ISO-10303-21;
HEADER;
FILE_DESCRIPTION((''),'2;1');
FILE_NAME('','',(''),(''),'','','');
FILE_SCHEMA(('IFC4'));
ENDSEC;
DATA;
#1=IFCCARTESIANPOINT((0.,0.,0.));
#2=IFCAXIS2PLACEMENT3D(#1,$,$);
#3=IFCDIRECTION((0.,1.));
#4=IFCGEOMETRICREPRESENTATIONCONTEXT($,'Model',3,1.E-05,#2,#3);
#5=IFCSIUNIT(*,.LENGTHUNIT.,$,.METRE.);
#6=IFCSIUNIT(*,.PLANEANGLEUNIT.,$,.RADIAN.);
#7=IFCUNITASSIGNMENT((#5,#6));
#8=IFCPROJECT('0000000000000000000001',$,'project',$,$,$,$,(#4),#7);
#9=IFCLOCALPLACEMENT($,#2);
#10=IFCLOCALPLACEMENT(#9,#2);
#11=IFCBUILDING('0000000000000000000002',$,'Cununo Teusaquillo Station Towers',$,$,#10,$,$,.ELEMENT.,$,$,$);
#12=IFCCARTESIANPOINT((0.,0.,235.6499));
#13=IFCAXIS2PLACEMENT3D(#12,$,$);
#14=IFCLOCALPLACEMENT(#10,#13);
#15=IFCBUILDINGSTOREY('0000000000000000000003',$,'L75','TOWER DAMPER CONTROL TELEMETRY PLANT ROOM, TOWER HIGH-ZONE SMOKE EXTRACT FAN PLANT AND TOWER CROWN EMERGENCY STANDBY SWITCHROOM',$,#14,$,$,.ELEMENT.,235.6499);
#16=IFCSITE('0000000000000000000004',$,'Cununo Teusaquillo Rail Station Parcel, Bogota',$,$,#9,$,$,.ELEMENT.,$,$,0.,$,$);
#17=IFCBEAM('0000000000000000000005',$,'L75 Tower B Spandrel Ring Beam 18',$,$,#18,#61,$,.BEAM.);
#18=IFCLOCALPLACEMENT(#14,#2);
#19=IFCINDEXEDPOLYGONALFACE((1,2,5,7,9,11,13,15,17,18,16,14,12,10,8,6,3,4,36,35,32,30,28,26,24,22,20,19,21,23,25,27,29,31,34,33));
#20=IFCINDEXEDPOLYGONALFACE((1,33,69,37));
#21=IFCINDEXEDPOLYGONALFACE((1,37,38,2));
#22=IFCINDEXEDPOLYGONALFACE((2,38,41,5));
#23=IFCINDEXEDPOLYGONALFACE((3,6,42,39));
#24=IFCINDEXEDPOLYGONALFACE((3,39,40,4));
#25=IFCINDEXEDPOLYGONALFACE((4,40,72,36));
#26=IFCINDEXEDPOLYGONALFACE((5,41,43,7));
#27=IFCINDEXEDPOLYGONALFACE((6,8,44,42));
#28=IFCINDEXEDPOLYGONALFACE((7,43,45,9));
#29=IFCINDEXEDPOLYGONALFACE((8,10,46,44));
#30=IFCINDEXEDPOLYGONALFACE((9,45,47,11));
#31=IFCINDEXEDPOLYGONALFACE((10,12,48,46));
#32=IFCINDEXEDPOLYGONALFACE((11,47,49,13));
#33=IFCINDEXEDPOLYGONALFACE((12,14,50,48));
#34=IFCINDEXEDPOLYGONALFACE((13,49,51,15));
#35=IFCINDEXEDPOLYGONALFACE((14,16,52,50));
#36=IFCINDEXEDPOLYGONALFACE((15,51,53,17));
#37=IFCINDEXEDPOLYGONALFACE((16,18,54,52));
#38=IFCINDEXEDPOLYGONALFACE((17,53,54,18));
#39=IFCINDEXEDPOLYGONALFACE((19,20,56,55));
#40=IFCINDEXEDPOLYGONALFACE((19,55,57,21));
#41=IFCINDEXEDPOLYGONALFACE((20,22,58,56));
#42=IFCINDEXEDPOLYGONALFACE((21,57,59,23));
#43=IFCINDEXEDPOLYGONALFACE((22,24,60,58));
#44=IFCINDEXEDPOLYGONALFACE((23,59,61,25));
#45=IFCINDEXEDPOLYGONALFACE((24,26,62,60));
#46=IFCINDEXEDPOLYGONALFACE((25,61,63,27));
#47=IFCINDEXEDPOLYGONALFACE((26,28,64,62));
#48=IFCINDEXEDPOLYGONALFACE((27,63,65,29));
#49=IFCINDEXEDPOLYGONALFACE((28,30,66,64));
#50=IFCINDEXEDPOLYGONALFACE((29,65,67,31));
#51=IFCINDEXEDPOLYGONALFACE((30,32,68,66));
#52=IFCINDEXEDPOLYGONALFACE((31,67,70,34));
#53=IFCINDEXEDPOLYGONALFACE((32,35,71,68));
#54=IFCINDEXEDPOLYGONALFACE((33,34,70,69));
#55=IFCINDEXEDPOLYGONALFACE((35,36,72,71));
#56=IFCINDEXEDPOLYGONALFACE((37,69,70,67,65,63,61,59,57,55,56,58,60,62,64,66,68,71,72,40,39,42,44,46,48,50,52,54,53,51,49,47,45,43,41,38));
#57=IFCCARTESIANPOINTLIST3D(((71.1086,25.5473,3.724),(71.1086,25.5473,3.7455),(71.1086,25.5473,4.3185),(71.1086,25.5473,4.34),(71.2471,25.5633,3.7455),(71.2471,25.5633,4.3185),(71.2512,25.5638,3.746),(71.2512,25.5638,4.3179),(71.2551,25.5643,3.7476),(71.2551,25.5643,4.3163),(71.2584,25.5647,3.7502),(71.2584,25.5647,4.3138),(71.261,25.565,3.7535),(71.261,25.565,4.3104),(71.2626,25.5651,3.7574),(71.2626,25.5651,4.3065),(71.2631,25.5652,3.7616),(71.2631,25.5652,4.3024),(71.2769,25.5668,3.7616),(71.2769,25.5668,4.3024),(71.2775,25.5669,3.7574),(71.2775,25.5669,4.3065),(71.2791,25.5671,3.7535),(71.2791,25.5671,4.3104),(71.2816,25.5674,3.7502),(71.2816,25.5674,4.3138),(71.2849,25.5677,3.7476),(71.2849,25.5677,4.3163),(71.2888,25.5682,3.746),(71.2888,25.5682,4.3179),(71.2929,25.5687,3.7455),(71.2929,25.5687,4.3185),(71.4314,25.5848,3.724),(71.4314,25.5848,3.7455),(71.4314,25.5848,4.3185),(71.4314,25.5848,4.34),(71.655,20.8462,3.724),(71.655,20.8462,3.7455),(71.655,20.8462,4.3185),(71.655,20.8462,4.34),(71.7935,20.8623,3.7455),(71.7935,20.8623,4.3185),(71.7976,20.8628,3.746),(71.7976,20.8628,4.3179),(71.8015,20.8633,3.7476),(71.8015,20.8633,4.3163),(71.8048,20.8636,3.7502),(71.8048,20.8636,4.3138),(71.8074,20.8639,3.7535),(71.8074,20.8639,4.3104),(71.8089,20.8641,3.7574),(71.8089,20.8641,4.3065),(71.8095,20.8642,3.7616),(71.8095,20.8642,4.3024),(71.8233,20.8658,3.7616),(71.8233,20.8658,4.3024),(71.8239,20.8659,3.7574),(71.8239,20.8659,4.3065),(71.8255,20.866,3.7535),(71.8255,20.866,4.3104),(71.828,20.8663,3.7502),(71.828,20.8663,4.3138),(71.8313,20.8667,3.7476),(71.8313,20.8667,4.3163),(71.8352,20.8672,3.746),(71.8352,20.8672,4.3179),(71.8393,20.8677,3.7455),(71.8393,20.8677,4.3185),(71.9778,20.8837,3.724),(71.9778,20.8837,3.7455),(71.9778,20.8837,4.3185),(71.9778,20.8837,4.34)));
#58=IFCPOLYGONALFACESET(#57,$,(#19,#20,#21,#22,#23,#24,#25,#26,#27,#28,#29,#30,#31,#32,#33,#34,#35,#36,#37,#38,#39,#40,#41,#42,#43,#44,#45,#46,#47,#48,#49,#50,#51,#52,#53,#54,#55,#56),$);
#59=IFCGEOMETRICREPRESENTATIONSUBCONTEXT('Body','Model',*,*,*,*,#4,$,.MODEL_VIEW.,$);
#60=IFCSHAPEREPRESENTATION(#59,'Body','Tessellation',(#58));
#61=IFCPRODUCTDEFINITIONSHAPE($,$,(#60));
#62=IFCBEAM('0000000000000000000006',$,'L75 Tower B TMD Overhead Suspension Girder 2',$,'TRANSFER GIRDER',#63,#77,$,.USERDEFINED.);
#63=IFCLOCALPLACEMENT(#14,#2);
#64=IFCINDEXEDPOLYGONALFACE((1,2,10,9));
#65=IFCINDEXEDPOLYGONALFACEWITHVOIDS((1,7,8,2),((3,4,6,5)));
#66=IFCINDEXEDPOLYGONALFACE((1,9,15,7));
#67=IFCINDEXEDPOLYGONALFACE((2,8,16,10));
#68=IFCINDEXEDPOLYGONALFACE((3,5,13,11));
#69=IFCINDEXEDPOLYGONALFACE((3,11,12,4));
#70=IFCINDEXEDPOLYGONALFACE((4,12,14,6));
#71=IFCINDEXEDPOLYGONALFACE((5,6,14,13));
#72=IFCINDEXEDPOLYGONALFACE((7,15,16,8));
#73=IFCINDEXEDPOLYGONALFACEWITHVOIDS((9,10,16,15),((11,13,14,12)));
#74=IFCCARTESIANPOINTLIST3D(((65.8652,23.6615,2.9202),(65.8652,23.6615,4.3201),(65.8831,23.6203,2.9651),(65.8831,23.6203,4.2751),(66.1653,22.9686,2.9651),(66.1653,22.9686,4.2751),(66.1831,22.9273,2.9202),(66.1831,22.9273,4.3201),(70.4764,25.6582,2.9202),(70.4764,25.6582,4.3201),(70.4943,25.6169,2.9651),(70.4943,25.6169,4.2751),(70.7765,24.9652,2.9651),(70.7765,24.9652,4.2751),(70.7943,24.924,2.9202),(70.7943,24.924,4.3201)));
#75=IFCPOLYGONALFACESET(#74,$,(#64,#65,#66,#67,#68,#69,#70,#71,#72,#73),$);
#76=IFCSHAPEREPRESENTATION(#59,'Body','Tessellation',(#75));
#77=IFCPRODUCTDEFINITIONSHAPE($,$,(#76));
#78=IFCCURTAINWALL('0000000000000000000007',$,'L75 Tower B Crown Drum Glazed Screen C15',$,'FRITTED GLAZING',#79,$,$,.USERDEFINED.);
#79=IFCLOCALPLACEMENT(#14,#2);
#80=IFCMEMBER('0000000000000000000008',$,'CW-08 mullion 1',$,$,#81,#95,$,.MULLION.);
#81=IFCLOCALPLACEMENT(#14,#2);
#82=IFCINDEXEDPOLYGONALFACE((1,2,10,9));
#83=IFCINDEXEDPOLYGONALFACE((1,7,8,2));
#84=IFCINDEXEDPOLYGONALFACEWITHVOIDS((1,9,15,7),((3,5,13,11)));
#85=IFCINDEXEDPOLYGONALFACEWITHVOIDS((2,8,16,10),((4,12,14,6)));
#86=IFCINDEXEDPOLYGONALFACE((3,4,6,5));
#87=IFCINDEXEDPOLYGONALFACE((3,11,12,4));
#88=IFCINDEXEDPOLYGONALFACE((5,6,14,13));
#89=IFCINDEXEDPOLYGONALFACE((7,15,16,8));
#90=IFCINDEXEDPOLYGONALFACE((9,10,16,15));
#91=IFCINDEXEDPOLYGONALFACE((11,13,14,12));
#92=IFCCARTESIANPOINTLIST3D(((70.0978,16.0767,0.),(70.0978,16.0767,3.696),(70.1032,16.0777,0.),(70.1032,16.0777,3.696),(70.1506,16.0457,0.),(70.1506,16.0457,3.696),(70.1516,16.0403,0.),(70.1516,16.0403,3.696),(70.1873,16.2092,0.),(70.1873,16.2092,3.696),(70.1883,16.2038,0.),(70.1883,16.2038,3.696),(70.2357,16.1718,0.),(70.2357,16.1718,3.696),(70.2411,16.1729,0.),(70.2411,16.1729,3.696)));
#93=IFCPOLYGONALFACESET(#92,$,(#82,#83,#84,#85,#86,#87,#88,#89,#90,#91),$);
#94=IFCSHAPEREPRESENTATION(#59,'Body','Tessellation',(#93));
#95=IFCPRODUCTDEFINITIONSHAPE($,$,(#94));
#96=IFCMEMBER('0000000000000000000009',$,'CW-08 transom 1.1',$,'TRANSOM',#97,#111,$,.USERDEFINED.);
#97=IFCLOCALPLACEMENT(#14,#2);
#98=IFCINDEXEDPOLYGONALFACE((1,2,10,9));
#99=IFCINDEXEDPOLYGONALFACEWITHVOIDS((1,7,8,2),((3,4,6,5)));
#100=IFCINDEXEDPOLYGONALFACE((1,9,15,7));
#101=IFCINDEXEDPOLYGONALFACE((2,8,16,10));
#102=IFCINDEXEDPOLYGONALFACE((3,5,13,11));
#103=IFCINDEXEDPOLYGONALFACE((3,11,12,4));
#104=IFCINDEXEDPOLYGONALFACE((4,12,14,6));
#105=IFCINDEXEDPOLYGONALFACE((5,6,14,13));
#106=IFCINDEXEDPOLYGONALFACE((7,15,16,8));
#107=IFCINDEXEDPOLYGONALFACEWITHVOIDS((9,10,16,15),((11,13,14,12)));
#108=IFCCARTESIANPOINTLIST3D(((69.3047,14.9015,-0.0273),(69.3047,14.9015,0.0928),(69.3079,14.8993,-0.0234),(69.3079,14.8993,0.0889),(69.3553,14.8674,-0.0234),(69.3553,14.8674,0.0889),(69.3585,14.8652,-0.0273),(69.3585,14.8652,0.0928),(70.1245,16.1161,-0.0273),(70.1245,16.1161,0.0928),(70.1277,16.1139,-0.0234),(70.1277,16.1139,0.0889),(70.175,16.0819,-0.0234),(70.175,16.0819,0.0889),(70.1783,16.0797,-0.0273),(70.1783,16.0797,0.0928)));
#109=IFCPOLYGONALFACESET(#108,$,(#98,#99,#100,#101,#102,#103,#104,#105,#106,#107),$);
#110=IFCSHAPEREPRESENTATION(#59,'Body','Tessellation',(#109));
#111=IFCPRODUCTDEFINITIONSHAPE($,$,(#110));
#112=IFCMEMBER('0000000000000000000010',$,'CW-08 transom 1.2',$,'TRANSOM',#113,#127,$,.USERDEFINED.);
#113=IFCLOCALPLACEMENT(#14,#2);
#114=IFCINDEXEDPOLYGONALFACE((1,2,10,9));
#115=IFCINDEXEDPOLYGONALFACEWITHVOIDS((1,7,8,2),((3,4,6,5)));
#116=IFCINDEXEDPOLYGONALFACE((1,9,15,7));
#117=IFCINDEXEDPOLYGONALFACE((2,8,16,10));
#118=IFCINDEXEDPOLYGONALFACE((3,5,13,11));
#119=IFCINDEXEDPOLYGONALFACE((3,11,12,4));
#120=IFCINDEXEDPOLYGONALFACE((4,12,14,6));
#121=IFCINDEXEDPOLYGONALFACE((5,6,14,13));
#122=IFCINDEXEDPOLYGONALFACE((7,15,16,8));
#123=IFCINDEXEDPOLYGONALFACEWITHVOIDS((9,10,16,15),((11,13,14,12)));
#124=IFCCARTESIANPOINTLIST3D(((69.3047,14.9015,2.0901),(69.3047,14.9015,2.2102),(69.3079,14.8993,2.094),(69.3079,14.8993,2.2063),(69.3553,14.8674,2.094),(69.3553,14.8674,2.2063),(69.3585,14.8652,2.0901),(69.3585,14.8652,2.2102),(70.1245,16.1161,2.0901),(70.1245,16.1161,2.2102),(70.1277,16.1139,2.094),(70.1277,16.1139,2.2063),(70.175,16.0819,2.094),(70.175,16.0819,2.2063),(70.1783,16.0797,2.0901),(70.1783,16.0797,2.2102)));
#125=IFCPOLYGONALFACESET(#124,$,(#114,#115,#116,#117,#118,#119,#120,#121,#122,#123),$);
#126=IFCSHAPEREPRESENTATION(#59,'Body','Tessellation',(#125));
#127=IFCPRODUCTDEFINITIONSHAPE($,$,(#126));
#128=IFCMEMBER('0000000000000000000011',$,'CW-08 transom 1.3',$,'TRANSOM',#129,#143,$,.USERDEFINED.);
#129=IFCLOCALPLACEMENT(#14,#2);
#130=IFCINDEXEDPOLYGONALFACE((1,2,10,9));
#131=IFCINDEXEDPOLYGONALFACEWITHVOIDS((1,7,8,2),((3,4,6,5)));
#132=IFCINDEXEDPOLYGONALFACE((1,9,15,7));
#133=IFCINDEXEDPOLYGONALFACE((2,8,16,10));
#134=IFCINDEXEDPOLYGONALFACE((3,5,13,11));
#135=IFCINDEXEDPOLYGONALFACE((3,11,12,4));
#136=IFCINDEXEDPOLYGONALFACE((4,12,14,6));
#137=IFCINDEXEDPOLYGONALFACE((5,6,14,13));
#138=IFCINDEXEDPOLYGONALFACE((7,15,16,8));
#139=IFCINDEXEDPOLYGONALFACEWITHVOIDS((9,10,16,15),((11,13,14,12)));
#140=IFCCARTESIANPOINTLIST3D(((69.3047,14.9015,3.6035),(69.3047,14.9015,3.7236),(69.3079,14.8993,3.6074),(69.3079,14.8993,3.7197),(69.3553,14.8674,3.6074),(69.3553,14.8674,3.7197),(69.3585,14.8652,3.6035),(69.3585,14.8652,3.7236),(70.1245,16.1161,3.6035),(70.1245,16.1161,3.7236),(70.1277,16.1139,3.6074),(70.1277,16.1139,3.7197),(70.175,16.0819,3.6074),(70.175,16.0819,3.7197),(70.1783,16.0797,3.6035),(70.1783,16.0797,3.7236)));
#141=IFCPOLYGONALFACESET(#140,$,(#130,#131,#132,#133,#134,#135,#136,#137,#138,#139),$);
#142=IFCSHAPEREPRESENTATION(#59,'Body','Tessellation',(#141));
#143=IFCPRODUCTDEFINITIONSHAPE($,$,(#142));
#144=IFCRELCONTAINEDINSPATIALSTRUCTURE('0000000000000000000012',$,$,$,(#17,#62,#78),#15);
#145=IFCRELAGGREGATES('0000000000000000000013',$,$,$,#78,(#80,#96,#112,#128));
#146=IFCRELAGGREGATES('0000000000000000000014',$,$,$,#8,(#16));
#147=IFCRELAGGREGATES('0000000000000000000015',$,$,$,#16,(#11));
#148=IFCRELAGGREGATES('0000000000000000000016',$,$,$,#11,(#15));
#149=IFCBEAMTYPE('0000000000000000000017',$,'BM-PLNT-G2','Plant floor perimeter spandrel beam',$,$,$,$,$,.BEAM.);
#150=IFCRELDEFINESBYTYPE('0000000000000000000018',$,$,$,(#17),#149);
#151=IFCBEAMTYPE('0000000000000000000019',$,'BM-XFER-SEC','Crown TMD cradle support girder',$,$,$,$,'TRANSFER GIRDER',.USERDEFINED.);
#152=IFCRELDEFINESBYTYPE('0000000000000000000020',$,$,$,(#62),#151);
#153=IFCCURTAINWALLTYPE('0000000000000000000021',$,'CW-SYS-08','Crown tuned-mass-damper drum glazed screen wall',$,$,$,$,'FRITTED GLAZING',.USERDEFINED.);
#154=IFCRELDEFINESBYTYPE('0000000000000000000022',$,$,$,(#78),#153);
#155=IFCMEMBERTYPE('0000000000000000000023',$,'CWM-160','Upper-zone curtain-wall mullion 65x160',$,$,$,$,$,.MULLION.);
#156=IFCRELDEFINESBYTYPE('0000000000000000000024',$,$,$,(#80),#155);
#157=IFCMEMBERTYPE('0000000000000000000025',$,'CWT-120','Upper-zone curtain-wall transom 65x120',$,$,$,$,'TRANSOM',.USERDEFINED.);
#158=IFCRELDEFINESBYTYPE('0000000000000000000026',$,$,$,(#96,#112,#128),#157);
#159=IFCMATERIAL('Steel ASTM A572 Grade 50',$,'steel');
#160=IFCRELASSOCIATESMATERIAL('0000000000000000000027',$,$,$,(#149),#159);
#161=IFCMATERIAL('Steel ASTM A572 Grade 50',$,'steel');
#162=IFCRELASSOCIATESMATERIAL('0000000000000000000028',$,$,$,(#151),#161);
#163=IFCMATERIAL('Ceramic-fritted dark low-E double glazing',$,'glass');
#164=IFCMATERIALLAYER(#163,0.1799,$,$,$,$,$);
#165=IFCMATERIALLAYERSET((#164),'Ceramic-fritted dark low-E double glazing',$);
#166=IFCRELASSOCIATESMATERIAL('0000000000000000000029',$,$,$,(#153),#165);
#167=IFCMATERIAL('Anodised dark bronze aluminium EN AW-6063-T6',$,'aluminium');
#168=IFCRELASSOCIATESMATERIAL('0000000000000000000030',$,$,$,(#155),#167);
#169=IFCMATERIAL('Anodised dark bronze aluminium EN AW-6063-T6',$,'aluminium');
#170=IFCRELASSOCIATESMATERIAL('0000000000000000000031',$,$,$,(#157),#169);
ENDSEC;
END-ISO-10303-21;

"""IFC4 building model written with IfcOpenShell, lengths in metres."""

from ifc_helpers import new_model, si_unit, direction, frame, origin, origin_2d, place, context, subcontext, project, spatial, hollow_rectangle, i_section, extrude, material, layer, layer_set, material_profile, profile_set, type_object, element, aggregate, save


model = new_model("IFC4")

# Units and contexts
model_context = context("Model", 3, precision=1e-05, world=origin(), true_north=direction((0.0, 1.0)))
body_context = subcontext(model_context, "Body", "Model", "MODEL_VIEW")
ifc_project = project(units=[si_unit("LENGTHUNIT", "METRE"), si_unit("PLANEANGLEUNIT", "RADIAN")], contexts=[model_context])

# Site, building, storey
site_placement = place(None, origin())
site = spatial("IfcSite", under=ifc_project, at=site_placement, Name="Cununo Teusaquillo Rail Station Parcel, Bogota", CompositionType="ELEMENT", RefElevation=0.0)
building_placement = place(site_placement, origin())
building = spatial("IfcBuilding", under=site, at=building_placement, Name="Cununo Teusaquillo Station Towers", CompositionType="ELEMENT")
storey_placement = place(building_placement, frame((0.0, 0.0, 235.6499)))
storey = spatial("IfcBuildingStorey", under=building, at=storey_placement, Name="L75", Description="TOWER DAMPER CONTROL TELEMETRY PLANT ROOM, TOWER HIGH-ZONE SMOKE EXTRACT FAN PLANT AND TOWER CROWN EMERGENCY STANDBY SWITCHROOM", CompositionType="ELEMENT", Elevation=235.6499)

# Beams
ifc_material_1 = material(Name="Steel ASTM A572 Grade 50", Category="steel")
ifc_material_profile_1 = material_profile(ifc_material_1, i_section(OverallWidth=0.325, OverallDepth=0.616, WebThickness=0.0139, FlangeThickness=0.0215, FilletRadius=0.0161, at=origin_2d()), Name="W24X117")
ifc_profile_set_1 = profile_set([ifc_material_profile_1], Name="Steel ASTM A572 Grade 50")
beam_type_1 = type_object("IfcBeamType", Name="BM-PLNT-G2", Description="Plant floor perimeter spandrel beam", PredefinedType="BEAM", material=ifc_profile_set_1)
beam_1_placement = place(storey_placement, frame((71.8164, 20.865, 4.032), z_axis=(-0.115452, 0.993313, 0.0), x_axis=(-0.993313, -0.115452, 0.0)))
element("IfcBeam", 1, at=beam_1_placement, inside=storey, type_object=beam_type_1, Name="L75 Tower B Spandrel Ring Beam 18", PredefinedType="BEAM", context=body_context, shape_type="SweptSolid", body=[
    extrude(i_section(OverallWidth=0.325, OverallDepth=0.616, WebThickness=0.0139, FlangeThickness=0.0215, FilletRadius=0.0161, at=origin_2d()), origin(), (0.0, 0.0, 1.0), 4.7327),
])
ifc_material_2 = material(Name="Steel ASTM A572 Grade 50", Category="steel")
ifc_material_profile_2 = material_profile(ifc_material_2, hollow_rectangle(XDim=0.8, YDim=1.3999, WallThickness=0.0449, at=origin_2d()), Name="BOX 1400x800x45")
ifc_profile_set_2 = profile_set([ifc_material_profile_2], Name="Steel ASTM A572 Grade 50")
beam_type_2 = type_object("IfcBeamType", Name="BM-XFER-SEC", Description="Crown TMD cradle support girder", ElementType="TRANSFER GIRDER", PredefinedType="USERDEFINED", material=ifc_profile_set_2)
beam_2_placement = place(storey_placement, frame((66.0242, 23.2944, 3.6201), z_axis=(0.917668, 0.397347, 0.0), x_axis=(-0.397347, 0.917668, 0.0)))
element("IfcBeam", 2, at=beam_2_placement, inside=storey, type_object=beam_type_2, Name="L75 Tower B TMD Overhead Suspension Girder 2", ObjectType="TRANSFER GIRDER", PredefinedType="USERDEFINED", context=body_context, shape_type="SweptSolid", body=[
    extrude(hollow_rectangle(XDim=0.8, YDim=1.3999, WallThickness=0.0449, at=origin_2d()), origin(), (0.0, 0.0, 1.0), 5.0249),
])

# Curtain wall, members
ifc_material_3 = material(Name="Ceramic-fritted dark low-E double glazing", Category="glass")
ifc_layer_1 = layer(ifc_material_3, 0.1799)
ifc_layer_set_1 = layer_set([ifc_layer_1], Name="Ceramic-fritted dark low-E double glazing")
curtain_wall_type = type_object("IfcCurtainWallType", Name="CW-SYS-08", Description="Crown tuned-mass-damper drum glazed screen wall", ElementType="FRITTED GLAZING", PredefinedType="USERDEFINED", material=ifc_layer_set_1)
curtain_wall_placement = place(storey_placement, origin())
curtain_wall = element("IfcCurtainWall", 3, at=curtain_wall_placement, inside=storey, type_object=curtain_wall_type, Name="L75 Tower B Crown Drum Glazed Screen C15", ObjectType="FRITTED GLAZING", PredefinedType="USERDEFINED")
ifc_material_4 = material(Name="Anodised dark bronze aluminium EN AW-6063-T6", Category="aluminium")
ifc_material_profile_3 = material_profile(ifc_material_4, hollow_rectangle(XDim=0.0649, YDim=0.1599, WallThickness=0.0039, at=origin_2d()), Name="CW-MULL-65x160")
ifc_profile_set_3 = profile_set([ifc_material_profile_3], Name="Anodised dark bronze aluminium EN AW-6063-T6")
member_type_1 = type_object("IfcMemberType", Name="CWM-160", Description="Upper-zone curtain-wall mullion 65x160", PredefinedType="MULLION", material=ifc_profile_set_3)
member_1_placement = place(storey_placement, frame((70.1694, 16.1248, 0.0), z_axis=(0.0, 0.0, 1.0), x_axis=(0.828827, -0.559505, 0.0)))
member_1 = element("IfcMember", 4, at=member_1_placement, type_object=member_type_1, Name="CW-08 mullion 1", PredefinedType="MULLION", context=body_context, shape_type="SweptSolid", body=[
    extrude(hollow_rectangle(XDim=0.0649, YDim=0.1599, WallThickness=0.0039, at=origin_2d()), origin(), (0.0, 0.0, 1.0), 3.696),
])
ifc_material_5 = material(Name="Anodised dark bronze aluminium EN AW-6063-T6", Category="aluminium")
ifc_material_profile_4 = material_profile(ifc_material_5, hollow_rectangle(XDim=0.0649, YDim=0.1201, WallThickness=0.0039, at=origin_2d()), Name="CW-TRAN-65x120")
ifc_profile_set_4 = profile_set([ifc_material_profile_4], Name="Anodised dark bronze aluminium EN AW-6063-T6")
member_type_2 = type_object("IfcMemberType", Name="CWT-120", Description="Upper-zone curtain-wall transom 65x120", ElementType="TRANSOM", PredefinedType="USERDEFINED", material=ifc_profile_set_4)
member_2_placement = place(storey_placement, frame((70.1514, 16.0979, 0.0327), z_axis=(-0.559459, -0.828858, 0.0), x_axis=(0.828858, -0.559459, 0.0)))
member_2 = element("IfcMember", 5, at=member_2_placement, type_object=member_type_2, Name="CW-08 transom 1.1", ObjectType="TRANSOM", PredefinedType="USERDEFINED", context=body_context, shape_type="SweptSolid", body=[
    extrude(hollow_rectangle(XDim=0.0649, YDim=0.1201, WallThickness=0.0039, at=origin_2d()), origin(), (0.0, 0.0, 1.0), 1.4653),
])
member_3_placement = place(storey_placement, frame((70.1514, 16.0979, 2.1501), z_axis=(-0.559459, -0.828858, 0.0), x_axis=(0.828858, -0.559459, 0.0)))
member_3 = element("IfcMember", 6, at=member_3_placement, type_object=member_type_2, Name="CW-08 transom 1.2", ObjectType="TRANSOM", PredefinedType="USERDEFINED", context=body_context, shape_type="SweptSolid", body=[
    extrude(hollow_rectangle(XDim=0.0649, YDim=0.1201, WallThickness=0.0039, at=origin_2d()), origin(), (0.0, 0.0, 1.0), 1.4653),
])
member_4_placement = place(storey_placement, frame((70.1514, 16.0979, 3.6636), z_axis=(-0.559459, -0.828858, 0.0), x_axis=(0.828858, -0.559459, 0.0)))
member_4 = element("IfcMember", 7, at=member_4_placement, type_object=member_type_2, Name="CW-08 transom 1.3", ObjectType="TRANSOM", PredefinedType="USERDEFINED", context=body_context, shape_type="SweptSolid", body=[
    extrude(hollow_rectangle(XDim=0.0649, YDim=0.1201, WallThickness=0.0039, at=origin_2d()), origin(), (0.0, 0.0, 1.0), 1.4653),
])
aggregate(curtain_wall, [member_1, member_2, member_3, member_4])

save(model, "model.ifc")
